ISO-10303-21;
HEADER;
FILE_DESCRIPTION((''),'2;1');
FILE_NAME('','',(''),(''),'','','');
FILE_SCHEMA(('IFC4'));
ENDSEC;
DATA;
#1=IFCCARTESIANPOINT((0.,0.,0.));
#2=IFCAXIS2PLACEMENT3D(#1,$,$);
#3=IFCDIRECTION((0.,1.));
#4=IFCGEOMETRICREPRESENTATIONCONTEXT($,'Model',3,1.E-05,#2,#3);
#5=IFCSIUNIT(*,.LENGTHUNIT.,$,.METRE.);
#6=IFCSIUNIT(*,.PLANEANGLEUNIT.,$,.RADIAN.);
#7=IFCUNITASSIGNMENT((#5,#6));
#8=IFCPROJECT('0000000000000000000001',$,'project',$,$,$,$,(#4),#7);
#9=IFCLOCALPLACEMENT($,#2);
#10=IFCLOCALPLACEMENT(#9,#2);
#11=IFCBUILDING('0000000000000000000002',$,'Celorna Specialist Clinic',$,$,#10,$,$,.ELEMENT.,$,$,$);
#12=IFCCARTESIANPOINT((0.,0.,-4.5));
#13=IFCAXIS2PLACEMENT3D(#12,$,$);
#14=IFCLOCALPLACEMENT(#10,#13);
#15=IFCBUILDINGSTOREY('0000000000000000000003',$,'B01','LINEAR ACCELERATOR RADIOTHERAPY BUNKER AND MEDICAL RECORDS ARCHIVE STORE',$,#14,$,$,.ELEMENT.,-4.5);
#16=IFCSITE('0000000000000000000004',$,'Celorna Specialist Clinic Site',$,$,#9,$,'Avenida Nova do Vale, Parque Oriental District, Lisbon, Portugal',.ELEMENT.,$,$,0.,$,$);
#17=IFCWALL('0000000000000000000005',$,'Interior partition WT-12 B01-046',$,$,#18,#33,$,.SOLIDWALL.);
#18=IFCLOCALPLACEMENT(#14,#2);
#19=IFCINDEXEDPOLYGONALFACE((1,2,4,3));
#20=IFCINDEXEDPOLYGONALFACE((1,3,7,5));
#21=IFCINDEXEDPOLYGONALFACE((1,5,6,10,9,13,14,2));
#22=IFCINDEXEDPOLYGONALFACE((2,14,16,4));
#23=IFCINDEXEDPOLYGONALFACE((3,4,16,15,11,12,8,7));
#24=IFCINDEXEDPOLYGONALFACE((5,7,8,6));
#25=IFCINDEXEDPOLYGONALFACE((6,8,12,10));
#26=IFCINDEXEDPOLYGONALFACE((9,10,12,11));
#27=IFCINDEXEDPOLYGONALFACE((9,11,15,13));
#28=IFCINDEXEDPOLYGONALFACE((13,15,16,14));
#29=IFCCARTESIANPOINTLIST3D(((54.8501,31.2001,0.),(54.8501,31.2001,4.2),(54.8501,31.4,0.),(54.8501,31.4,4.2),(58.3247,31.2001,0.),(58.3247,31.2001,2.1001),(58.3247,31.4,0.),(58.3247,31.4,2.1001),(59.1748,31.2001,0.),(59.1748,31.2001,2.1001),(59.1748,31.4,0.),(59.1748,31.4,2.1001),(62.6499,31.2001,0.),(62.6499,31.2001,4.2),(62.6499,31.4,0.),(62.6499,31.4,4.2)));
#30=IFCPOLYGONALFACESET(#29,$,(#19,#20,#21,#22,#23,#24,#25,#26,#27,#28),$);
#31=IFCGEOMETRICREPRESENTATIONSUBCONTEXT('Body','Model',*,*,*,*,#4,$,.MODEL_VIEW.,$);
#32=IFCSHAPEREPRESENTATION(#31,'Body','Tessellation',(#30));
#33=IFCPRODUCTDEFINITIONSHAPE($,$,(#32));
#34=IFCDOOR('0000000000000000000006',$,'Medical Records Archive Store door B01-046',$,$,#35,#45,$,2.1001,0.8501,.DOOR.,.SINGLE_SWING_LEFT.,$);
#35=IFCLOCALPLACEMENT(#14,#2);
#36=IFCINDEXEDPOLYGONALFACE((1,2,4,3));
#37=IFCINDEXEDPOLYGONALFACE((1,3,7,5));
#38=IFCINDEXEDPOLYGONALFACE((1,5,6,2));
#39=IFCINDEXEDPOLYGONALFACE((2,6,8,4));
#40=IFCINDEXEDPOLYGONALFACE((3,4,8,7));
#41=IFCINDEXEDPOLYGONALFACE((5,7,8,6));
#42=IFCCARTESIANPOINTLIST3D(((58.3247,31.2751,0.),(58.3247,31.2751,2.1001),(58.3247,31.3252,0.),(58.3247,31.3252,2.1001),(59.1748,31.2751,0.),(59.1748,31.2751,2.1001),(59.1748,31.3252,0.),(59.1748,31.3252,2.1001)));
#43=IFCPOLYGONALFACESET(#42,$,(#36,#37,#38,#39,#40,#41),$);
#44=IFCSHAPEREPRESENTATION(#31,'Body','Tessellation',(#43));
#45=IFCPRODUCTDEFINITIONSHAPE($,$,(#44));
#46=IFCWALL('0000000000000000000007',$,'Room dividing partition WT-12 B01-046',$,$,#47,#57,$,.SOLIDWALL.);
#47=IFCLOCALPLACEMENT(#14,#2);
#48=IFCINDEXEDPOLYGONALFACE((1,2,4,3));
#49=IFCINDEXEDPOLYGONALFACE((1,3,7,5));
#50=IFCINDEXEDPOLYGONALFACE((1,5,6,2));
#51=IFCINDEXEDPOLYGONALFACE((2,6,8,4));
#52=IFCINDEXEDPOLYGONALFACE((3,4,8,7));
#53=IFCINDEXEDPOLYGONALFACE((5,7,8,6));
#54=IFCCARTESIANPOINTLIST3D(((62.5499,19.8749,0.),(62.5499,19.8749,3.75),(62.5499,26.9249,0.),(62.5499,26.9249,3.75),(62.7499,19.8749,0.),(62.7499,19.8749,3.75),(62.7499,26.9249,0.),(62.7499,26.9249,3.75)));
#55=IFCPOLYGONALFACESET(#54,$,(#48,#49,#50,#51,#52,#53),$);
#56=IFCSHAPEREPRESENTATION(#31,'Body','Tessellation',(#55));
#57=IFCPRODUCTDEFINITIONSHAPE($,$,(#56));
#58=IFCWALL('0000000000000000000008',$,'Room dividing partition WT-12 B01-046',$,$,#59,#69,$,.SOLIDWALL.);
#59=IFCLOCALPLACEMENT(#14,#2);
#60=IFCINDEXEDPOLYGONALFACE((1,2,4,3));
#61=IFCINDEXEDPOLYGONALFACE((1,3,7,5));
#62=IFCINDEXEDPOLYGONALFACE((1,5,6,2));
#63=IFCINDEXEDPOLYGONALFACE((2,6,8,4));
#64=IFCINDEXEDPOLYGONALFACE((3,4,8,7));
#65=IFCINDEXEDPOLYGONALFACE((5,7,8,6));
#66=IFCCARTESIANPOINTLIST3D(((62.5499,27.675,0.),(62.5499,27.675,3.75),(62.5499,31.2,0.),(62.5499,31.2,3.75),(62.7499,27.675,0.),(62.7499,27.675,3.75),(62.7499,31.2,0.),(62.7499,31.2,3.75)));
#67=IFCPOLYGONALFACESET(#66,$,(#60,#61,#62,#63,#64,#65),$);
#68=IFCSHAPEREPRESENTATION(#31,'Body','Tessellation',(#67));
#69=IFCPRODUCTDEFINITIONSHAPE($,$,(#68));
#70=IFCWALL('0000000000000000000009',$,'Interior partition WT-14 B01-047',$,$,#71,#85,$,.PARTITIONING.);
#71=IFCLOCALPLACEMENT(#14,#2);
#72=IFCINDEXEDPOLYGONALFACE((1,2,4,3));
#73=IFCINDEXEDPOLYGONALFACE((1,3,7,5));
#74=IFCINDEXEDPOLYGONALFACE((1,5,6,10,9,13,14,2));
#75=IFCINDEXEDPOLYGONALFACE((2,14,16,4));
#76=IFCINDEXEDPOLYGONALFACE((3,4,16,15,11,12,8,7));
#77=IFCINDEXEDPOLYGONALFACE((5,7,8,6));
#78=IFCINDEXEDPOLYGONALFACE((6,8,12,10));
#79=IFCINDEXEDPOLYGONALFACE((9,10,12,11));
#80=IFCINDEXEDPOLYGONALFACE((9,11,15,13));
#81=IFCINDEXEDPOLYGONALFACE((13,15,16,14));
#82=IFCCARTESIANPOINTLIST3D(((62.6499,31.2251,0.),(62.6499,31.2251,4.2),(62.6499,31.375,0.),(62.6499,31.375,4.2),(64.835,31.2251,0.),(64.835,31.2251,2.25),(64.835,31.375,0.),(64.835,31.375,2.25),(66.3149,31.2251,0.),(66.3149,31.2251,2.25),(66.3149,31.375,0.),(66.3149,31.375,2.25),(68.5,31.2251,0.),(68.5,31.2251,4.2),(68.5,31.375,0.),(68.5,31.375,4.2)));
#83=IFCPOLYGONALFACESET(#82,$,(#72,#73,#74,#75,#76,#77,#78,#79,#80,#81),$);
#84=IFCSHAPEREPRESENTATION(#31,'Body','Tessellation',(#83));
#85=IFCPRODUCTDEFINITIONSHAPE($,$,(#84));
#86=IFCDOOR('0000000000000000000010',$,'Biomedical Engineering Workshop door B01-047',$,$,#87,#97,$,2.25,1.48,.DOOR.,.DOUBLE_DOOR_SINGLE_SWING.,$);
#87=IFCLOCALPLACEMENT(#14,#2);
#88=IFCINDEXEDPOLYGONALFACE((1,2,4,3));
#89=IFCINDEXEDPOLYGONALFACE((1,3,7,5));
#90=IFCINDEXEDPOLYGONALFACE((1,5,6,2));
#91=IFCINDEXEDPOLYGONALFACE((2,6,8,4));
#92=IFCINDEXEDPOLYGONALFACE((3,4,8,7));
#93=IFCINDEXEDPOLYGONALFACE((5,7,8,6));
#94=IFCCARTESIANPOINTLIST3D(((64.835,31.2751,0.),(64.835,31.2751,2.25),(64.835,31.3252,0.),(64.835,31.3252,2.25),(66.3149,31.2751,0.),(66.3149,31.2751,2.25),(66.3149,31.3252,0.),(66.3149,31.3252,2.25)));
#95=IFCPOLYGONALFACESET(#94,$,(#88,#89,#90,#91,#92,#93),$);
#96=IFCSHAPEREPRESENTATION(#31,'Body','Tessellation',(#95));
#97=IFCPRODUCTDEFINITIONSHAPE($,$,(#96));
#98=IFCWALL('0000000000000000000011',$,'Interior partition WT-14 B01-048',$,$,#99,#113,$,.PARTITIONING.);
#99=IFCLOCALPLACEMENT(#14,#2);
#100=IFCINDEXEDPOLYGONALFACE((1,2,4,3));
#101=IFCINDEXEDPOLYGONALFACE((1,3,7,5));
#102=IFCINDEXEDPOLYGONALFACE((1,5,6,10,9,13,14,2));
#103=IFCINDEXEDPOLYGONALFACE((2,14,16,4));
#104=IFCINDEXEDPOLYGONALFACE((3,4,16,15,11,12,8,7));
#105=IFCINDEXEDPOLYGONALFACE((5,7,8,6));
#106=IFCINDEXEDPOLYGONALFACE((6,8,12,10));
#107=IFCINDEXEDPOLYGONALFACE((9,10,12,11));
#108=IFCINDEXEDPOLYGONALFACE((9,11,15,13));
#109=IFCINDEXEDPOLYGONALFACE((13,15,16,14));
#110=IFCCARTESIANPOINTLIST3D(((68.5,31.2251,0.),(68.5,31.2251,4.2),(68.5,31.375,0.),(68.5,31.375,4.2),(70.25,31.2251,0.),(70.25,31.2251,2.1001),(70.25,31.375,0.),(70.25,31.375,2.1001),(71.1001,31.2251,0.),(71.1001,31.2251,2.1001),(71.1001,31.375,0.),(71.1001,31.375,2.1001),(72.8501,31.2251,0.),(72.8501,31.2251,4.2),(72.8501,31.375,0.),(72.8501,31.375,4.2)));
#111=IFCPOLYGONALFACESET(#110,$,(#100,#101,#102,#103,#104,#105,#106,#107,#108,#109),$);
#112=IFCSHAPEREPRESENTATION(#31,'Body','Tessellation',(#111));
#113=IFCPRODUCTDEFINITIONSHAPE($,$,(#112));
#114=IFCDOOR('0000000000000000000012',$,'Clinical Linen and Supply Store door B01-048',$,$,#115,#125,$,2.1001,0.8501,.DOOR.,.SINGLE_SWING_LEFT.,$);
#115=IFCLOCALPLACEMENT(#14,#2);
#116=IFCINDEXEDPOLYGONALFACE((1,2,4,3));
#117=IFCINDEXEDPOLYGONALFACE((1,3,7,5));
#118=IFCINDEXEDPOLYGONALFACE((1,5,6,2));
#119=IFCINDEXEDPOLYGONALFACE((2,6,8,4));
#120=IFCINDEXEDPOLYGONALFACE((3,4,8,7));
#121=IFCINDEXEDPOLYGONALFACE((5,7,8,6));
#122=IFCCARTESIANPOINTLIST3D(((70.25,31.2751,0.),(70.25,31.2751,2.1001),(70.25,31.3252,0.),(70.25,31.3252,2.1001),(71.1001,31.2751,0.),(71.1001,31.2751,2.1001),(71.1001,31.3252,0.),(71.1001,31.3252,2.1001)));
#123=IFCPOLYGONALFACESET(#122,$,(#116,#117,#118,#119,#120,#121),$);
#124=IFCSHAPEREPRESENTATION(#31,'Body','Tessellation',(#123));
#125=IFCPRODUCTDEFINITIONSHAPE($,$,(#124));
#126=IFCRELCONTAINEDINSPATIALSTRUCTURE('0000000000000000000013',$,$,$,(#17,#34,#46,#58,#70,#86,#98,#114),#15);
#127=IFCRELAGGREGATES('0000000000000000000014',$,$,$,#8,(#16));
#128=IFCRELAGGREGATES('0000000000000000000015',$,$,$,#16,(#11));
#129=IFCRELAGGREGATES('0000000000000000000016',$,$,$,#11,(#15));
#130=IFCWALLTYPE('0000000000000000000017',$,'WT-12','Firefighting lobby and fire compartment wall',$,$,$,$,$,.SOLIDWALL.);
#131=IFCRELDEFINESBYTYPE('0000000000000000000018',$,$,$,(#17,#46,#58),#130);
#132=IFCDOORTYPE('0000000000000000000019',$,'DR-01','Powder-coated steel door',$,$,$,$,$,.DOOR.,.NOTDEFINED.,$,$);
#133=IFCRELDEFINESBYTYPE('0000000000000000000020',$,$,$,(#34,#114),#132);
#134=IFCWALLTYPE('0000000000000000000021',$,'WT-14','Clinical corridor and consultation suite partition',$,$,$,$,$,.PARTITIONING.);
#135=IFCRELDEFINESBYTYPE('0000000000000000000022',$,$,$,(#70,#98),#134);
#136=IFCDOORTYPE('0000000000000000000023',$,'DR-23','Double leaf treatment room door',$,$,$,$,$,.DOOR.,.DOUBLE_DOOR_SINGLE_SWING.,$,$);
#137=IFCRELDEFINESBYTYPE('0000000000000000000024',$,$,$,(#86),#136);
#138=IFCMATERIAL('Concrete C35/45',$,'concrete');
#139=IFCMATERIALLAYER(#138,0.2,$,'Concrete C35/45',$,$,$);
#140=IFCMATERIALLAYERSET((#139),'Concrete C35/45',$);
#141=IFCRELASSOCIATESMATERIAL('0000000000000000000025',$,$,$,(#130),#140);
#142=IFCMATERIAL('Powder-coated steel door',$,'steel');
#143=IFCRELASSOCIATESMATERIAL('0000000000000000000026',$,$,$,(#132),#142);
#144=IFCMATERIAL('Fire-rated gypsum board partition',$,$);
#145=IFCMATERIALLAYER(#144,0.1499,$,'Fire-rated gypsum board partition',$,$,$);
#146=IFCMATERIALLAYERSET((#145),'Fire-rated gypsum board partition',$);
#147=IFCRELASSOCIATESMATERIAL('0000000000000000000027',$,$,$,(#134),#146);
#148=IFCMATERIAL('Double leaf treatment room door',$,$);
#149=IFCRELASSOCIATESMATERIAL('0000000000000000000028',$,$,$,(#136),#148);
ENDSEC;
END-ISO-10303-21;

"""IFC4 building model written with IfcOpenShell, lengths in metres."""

from ifc_helpers import new_model, si_unit, direction, frame, frame_2d, origin, place, context, subcontext, project, spatial, rectangle, extrude, material, layer, layer_set, type_object, element, fill, save


model = new_model("IFC4")

# Units and contexts
model_context = context("Model", 3, precision=1e-05, world=origin(), true_north=direction((0.0, 1.0)))
body_context = subcontext(model_context, "Body", "Model", "MODEL_VIEW")
ifc_project = project(units=[si_unit("LENGTHUNIT", "METRE"), si_unit("PLANEANGLEUNIT", "RADIAN")], contexts=[model_context])

# Site, building, storey
site_placement = place(None, origin())
site = spatial("IfcSite", under=ifc_project, at=site_placement, Name="Celorna Specialist Clinic Site", LongName="Avenida Nova do Vale, Parque Oriental District, Lisbon, Portugal", CompositionType="ELEMENT", RefElevation=0.0)
building_placement = place(site_placement, origin())
building = spatial("IfcBuilding", under=site, at=building_placement, Name="Celorna Specialist Clinic", CompositionType="ELEMENT")
storey_placement = place(building_placement, frame((0.0, 0.0, -4.5)))
storey = spatial("IfcBuildingStorey", under=building, at=storey_placement, Name="B01", Description="LINEAR ACCELERATOR RADIOTHERAPY BUNKER AND MEDICAL RECORDS ARCHIVE STORE", CompositionType="ELEMENT", Elevation=-4.5)

# Shared definitions
ifc_material_1 = material(Name="Concrete C35/45", Category="concrete")

# Wall, opening, door
ifc_layer_1 = layer(ifc_material_1, 0.2, Name="Concrete C35/45")
ifc_layer_set_1 = layer_set([ifc_layer_1], Name="Concrete C35/45")
wall_type_1 = type_object("IfcWallType", Name="WT-12", Description="Firefighting lobby and fire compartment wall", PredefinedType="SOLIDWALL", material=ifc_layer_set_1)
wall_1_placement = place(storey_placement, frame((62.6499, 31.3, 0.0), z_axis=(0.0, 0.0, 1.0), x_axis=(-1.0, 0.0, 0.0)))
wall_1 = element("IfcWall", 1, at=wall_1_placement, inside=storey, type_object=wall_type_1, Name="Interior partition WT-12 B01-046", PredefinedType="SOLIDWALL", context=body_context, shape_type="SweptSolid", body=[
    extrude(rectangle(XDim=7.7998, YDim=0.2, at=frame_2d((3.8999, 0.0))), origin(), (0.0, 0.0, 1.0), 4.2),
])
opening_1_placement = place(wall_1_placement, frame((3.4751, 0.0, 0.0)))
opening_1 = element("IfcOpeningElement", 2, at=opening_1_placement, cuts=wall_1, PredefinedType="OPENING", context=body_context, shape_type="SweptSolid", body=[
    extrude(rectangle(XDim=0.8501, YDim=2.1001, at=frame_2d((0.425, 1.05))), frame((0.0, 0.1099, 0.0), z_axis=(0.0, -1.0, 0.0), x_axis=(1.0, 0.0, 0.0)), (0.0, 0.0, 1.0), 0.22),
])
ifc_material_2 = material(Name="Powder-coated steel door", Category="steel")
door_type_1 = type_object("IfcDoorType", Name="DR-01", Description="Powder-coated steel door", OperationType="NOTDEFINED", PredefinedType="DOOR", material=ifc_material_2)
door_1_placement = place(opening_1_placement, origin())
door_1 = element("IfcDoor", 3, at=door_1_placement, inside=storey, type_object=door_type_1, Name="Medical Records Archive Store door B01-046", OperationType="SINGLE_SWING_LEFT", OverallHeight=2.1001, OverallWidth=0.8501, PredefinedType="DOOR", context=body_context, shape_type="SweptSolid", body=[
    extrude(rectangle(XDim=0.8501, YDim=2.1001, at=frame_2d((0.425, 1.05))), frame((0.0, 0.0249, 0.0), z_axis=(0.0, -1.0, 0.0), x_axis=(1.0, 0.0, 0.0)), (0.0, 0.0, 1.0), 0.05),
])
fill(opening_1, door_1)

# Walls
wall_2_placement = place(storey_placement, frame((62.6499, 19.875, 0.0), z_axis=(0.0, 0.0, 1.0), x_axis=(0.0, 1.0, 0.0)))
element("IfcWall", 4, at=wall_2_placement, inside=storey, type_object=wall_type_1, Name="Room dividing partition WT-12 B01-046", PredefinedType="SOLIDWALL", context=body_context, shape_type="SweptSolid", body=[
    extrude(rectangle(XDim=7.05, YDim=0.2, at=frame_2d((3.5249, 0.0))), origin(), (0.0, 0.0, 1.0), 3.75),
])
wall_3_placement = place(storey_placement, frame((62.6499, 27.675, 0.0), z_axis=(0.0, 0.0, 1.0), x_axis=(0.0, 1.0, 0.0)))
element("IfcWall", 5, at=wall_3_placement, inside=storey, type_object=wall_type_1, Name="Room dividing partition WT-12 B01-046", PredefinedType="SOLIDWALL", context=body_context, shape_type="SweptSolid", body=[
    extrude(rectangle(XDim=3.5249, YDim=0.2, at=frame_2d((1.7625, 0.0))), origin(), (0.0, 0.0, 1.0), 3.75),
])

# Walls, openings, doors
ifc_material_3 = material(Name="Fire-rated gypsum board partition")
ifc_layer_2 = layer(ifc_material_3, 0.1499, Name="Fire-rated gypsum board partition")
ifc_layer_set_2 = layer_set([ifc_layer_2], Name="Fire-rated gypsum board partition")
wall_type_2 = type_object("IfcWallType", Name="WT-14", Description="Clinical corridor and consultation suite partition", PredefinedType="PARTITIONING", material=ifc_layer_set_2)
wall_4_placement = place(storey_placement, frame((68.5, 31.3, 0.0), z_axis=(0.0, 0.0, 1.0), x_axis=(-1.0, 0.0, 0.0)))
wall_4 = element("IfcWall", 6, at=wall_4_placement, inside=storey, type_object=wall_type_2, Name="Interior partition WT-14 B01-047", PredefinedType="PARTITIONING", context=body_context, shape_type="SweptSolid", body=[
    extrude(rectangle(XDim=5.8501, YDim=0.1499, at=frame_2d((2.925, 0.0))), origin(), (0.0, 0.0, 1.0), 4.2),
])
opening_2_placement = place(wall_4_placement, frame((2.1851, 0.0, 0.0)))
opening_2 = element("IfcOpeningElement", 7, at=opening_2_placement, cuts=wall_4, PredefinedType="OPENING", context=body_context, shape_type="SweptSolid", body=[
    extrude(rectangle(XDim=1.48, YDim=2.25, at=frame_2d((0.74, 1.125))), frame((0.0, 0.085, 0.0), z_axis=(0.0, -1.0, 0.0), x_axis=(1.0, 0.0, 0.0)), (0.0, 0.0, 1.0), 0.1699),
])
ifc_material_4 = material(Name="Double leaf treatment room door")
door_type_2 = type_object("IfcDoorType", Name="DR-23", Description="Double leaf treatment room door", OperationType="DOUBLE_DOOR_SINGLE_SWING", PredefinedType="DOOR", material=ifc_material_4)
door_2_placement = place(opening_2_placement, origin())
door_2 = element("IfcDoor", 8, at=door_2_placement, inside=storey, type_object=door_type_2, Name="Biomedical Engineering Workshop door B01-047", OperationType="DOUBLE_DOOR_SINGLE_SWING", OverallHeight=2.25, OverallWidth=1.48, PredefinedType="DOOR", context=body_context, shape_type="SweptSolid", body=[
    extrude(rectangle(XDim=1.48, YDim=2.25, at=frame_2d((0.74, 1.125))), frame((0.0, 0.0249, 0.0), z_axis=(0.0, -1.0, 0.0), x_axis=(1.0, 0.0, 0.0)), (0.0, 0.0, 1.0), 0.05),
])
fill(opening_2, door_2)
wall_5_placement = place(storey_placement, frame((72.8501, 31.3, 0.0), z_axis=(0.0, 0.0, 1.0), x_axis=(-1.0, 0.0, 0.0)))
wall_5 = element("IfcWall", 9, at=wall_5_placement, inside=storey, type_object=wall_type_2, Name="Interior partition WT-14 B01-048", PredefinedType="PARTITIONING", context=body_context, shape_type="SweptSolid", body=[
    extrude(rectangle(XDim=4.3501, YDim=0.1499, at=frame_2d((2.175, 0.0))), origin(), (0.0, 0.0, 1.0), 4.2),
])
opening_3_placement = place(wall_5_placement, frame((1.75, 0.0, 0.0)))
opening_3 = element("IfcOpeningElement", 10, at=opening_3_placement, cuts=wall_5, PredefinedType="OPENING", context=body_context, shape_type="SweptSolid", body=[
    extrude(rectangle(XDim=0.8501, YDim=2.1001, at=frame_2d((0.425, 1.05))), frame((0.0, 0.085, 0.0), z_axis=(0.0, -1.0, 0.0), x_axis=(1.0, 0.0, 0.0)), (0.0, 0.0, 1.0), 0.1699),
])
door_3_placement = place(opening_3_placement, origin())
door_3 = element("IfcDoor", 11, at=door_3_placement, inside=storey, type_object=door_type_1, Name="Clinical Linen and Supply Store door B01-048", OperationType="SINGLE_SWING_LEFT", OverallHeight=2.1001, OverallWidth=0.8501, PredefinedType="DOOR", context=body_context, shape_type="SweptSolid", body=[
    extrude(rectangle(XDim=0.8501, YDim=2.1001, at=frame_2d((0.425, 1.05))), frame((0.0, 0.0249, 0.0), z_axis=(0.0, -1.0, 0.0), x_axis=(1.0, 0.0, 0.0)), (0.0, 0.0, 1.0), 0.05),
])
fill(opening_3, door_3)

save(model, "model.ifc")
